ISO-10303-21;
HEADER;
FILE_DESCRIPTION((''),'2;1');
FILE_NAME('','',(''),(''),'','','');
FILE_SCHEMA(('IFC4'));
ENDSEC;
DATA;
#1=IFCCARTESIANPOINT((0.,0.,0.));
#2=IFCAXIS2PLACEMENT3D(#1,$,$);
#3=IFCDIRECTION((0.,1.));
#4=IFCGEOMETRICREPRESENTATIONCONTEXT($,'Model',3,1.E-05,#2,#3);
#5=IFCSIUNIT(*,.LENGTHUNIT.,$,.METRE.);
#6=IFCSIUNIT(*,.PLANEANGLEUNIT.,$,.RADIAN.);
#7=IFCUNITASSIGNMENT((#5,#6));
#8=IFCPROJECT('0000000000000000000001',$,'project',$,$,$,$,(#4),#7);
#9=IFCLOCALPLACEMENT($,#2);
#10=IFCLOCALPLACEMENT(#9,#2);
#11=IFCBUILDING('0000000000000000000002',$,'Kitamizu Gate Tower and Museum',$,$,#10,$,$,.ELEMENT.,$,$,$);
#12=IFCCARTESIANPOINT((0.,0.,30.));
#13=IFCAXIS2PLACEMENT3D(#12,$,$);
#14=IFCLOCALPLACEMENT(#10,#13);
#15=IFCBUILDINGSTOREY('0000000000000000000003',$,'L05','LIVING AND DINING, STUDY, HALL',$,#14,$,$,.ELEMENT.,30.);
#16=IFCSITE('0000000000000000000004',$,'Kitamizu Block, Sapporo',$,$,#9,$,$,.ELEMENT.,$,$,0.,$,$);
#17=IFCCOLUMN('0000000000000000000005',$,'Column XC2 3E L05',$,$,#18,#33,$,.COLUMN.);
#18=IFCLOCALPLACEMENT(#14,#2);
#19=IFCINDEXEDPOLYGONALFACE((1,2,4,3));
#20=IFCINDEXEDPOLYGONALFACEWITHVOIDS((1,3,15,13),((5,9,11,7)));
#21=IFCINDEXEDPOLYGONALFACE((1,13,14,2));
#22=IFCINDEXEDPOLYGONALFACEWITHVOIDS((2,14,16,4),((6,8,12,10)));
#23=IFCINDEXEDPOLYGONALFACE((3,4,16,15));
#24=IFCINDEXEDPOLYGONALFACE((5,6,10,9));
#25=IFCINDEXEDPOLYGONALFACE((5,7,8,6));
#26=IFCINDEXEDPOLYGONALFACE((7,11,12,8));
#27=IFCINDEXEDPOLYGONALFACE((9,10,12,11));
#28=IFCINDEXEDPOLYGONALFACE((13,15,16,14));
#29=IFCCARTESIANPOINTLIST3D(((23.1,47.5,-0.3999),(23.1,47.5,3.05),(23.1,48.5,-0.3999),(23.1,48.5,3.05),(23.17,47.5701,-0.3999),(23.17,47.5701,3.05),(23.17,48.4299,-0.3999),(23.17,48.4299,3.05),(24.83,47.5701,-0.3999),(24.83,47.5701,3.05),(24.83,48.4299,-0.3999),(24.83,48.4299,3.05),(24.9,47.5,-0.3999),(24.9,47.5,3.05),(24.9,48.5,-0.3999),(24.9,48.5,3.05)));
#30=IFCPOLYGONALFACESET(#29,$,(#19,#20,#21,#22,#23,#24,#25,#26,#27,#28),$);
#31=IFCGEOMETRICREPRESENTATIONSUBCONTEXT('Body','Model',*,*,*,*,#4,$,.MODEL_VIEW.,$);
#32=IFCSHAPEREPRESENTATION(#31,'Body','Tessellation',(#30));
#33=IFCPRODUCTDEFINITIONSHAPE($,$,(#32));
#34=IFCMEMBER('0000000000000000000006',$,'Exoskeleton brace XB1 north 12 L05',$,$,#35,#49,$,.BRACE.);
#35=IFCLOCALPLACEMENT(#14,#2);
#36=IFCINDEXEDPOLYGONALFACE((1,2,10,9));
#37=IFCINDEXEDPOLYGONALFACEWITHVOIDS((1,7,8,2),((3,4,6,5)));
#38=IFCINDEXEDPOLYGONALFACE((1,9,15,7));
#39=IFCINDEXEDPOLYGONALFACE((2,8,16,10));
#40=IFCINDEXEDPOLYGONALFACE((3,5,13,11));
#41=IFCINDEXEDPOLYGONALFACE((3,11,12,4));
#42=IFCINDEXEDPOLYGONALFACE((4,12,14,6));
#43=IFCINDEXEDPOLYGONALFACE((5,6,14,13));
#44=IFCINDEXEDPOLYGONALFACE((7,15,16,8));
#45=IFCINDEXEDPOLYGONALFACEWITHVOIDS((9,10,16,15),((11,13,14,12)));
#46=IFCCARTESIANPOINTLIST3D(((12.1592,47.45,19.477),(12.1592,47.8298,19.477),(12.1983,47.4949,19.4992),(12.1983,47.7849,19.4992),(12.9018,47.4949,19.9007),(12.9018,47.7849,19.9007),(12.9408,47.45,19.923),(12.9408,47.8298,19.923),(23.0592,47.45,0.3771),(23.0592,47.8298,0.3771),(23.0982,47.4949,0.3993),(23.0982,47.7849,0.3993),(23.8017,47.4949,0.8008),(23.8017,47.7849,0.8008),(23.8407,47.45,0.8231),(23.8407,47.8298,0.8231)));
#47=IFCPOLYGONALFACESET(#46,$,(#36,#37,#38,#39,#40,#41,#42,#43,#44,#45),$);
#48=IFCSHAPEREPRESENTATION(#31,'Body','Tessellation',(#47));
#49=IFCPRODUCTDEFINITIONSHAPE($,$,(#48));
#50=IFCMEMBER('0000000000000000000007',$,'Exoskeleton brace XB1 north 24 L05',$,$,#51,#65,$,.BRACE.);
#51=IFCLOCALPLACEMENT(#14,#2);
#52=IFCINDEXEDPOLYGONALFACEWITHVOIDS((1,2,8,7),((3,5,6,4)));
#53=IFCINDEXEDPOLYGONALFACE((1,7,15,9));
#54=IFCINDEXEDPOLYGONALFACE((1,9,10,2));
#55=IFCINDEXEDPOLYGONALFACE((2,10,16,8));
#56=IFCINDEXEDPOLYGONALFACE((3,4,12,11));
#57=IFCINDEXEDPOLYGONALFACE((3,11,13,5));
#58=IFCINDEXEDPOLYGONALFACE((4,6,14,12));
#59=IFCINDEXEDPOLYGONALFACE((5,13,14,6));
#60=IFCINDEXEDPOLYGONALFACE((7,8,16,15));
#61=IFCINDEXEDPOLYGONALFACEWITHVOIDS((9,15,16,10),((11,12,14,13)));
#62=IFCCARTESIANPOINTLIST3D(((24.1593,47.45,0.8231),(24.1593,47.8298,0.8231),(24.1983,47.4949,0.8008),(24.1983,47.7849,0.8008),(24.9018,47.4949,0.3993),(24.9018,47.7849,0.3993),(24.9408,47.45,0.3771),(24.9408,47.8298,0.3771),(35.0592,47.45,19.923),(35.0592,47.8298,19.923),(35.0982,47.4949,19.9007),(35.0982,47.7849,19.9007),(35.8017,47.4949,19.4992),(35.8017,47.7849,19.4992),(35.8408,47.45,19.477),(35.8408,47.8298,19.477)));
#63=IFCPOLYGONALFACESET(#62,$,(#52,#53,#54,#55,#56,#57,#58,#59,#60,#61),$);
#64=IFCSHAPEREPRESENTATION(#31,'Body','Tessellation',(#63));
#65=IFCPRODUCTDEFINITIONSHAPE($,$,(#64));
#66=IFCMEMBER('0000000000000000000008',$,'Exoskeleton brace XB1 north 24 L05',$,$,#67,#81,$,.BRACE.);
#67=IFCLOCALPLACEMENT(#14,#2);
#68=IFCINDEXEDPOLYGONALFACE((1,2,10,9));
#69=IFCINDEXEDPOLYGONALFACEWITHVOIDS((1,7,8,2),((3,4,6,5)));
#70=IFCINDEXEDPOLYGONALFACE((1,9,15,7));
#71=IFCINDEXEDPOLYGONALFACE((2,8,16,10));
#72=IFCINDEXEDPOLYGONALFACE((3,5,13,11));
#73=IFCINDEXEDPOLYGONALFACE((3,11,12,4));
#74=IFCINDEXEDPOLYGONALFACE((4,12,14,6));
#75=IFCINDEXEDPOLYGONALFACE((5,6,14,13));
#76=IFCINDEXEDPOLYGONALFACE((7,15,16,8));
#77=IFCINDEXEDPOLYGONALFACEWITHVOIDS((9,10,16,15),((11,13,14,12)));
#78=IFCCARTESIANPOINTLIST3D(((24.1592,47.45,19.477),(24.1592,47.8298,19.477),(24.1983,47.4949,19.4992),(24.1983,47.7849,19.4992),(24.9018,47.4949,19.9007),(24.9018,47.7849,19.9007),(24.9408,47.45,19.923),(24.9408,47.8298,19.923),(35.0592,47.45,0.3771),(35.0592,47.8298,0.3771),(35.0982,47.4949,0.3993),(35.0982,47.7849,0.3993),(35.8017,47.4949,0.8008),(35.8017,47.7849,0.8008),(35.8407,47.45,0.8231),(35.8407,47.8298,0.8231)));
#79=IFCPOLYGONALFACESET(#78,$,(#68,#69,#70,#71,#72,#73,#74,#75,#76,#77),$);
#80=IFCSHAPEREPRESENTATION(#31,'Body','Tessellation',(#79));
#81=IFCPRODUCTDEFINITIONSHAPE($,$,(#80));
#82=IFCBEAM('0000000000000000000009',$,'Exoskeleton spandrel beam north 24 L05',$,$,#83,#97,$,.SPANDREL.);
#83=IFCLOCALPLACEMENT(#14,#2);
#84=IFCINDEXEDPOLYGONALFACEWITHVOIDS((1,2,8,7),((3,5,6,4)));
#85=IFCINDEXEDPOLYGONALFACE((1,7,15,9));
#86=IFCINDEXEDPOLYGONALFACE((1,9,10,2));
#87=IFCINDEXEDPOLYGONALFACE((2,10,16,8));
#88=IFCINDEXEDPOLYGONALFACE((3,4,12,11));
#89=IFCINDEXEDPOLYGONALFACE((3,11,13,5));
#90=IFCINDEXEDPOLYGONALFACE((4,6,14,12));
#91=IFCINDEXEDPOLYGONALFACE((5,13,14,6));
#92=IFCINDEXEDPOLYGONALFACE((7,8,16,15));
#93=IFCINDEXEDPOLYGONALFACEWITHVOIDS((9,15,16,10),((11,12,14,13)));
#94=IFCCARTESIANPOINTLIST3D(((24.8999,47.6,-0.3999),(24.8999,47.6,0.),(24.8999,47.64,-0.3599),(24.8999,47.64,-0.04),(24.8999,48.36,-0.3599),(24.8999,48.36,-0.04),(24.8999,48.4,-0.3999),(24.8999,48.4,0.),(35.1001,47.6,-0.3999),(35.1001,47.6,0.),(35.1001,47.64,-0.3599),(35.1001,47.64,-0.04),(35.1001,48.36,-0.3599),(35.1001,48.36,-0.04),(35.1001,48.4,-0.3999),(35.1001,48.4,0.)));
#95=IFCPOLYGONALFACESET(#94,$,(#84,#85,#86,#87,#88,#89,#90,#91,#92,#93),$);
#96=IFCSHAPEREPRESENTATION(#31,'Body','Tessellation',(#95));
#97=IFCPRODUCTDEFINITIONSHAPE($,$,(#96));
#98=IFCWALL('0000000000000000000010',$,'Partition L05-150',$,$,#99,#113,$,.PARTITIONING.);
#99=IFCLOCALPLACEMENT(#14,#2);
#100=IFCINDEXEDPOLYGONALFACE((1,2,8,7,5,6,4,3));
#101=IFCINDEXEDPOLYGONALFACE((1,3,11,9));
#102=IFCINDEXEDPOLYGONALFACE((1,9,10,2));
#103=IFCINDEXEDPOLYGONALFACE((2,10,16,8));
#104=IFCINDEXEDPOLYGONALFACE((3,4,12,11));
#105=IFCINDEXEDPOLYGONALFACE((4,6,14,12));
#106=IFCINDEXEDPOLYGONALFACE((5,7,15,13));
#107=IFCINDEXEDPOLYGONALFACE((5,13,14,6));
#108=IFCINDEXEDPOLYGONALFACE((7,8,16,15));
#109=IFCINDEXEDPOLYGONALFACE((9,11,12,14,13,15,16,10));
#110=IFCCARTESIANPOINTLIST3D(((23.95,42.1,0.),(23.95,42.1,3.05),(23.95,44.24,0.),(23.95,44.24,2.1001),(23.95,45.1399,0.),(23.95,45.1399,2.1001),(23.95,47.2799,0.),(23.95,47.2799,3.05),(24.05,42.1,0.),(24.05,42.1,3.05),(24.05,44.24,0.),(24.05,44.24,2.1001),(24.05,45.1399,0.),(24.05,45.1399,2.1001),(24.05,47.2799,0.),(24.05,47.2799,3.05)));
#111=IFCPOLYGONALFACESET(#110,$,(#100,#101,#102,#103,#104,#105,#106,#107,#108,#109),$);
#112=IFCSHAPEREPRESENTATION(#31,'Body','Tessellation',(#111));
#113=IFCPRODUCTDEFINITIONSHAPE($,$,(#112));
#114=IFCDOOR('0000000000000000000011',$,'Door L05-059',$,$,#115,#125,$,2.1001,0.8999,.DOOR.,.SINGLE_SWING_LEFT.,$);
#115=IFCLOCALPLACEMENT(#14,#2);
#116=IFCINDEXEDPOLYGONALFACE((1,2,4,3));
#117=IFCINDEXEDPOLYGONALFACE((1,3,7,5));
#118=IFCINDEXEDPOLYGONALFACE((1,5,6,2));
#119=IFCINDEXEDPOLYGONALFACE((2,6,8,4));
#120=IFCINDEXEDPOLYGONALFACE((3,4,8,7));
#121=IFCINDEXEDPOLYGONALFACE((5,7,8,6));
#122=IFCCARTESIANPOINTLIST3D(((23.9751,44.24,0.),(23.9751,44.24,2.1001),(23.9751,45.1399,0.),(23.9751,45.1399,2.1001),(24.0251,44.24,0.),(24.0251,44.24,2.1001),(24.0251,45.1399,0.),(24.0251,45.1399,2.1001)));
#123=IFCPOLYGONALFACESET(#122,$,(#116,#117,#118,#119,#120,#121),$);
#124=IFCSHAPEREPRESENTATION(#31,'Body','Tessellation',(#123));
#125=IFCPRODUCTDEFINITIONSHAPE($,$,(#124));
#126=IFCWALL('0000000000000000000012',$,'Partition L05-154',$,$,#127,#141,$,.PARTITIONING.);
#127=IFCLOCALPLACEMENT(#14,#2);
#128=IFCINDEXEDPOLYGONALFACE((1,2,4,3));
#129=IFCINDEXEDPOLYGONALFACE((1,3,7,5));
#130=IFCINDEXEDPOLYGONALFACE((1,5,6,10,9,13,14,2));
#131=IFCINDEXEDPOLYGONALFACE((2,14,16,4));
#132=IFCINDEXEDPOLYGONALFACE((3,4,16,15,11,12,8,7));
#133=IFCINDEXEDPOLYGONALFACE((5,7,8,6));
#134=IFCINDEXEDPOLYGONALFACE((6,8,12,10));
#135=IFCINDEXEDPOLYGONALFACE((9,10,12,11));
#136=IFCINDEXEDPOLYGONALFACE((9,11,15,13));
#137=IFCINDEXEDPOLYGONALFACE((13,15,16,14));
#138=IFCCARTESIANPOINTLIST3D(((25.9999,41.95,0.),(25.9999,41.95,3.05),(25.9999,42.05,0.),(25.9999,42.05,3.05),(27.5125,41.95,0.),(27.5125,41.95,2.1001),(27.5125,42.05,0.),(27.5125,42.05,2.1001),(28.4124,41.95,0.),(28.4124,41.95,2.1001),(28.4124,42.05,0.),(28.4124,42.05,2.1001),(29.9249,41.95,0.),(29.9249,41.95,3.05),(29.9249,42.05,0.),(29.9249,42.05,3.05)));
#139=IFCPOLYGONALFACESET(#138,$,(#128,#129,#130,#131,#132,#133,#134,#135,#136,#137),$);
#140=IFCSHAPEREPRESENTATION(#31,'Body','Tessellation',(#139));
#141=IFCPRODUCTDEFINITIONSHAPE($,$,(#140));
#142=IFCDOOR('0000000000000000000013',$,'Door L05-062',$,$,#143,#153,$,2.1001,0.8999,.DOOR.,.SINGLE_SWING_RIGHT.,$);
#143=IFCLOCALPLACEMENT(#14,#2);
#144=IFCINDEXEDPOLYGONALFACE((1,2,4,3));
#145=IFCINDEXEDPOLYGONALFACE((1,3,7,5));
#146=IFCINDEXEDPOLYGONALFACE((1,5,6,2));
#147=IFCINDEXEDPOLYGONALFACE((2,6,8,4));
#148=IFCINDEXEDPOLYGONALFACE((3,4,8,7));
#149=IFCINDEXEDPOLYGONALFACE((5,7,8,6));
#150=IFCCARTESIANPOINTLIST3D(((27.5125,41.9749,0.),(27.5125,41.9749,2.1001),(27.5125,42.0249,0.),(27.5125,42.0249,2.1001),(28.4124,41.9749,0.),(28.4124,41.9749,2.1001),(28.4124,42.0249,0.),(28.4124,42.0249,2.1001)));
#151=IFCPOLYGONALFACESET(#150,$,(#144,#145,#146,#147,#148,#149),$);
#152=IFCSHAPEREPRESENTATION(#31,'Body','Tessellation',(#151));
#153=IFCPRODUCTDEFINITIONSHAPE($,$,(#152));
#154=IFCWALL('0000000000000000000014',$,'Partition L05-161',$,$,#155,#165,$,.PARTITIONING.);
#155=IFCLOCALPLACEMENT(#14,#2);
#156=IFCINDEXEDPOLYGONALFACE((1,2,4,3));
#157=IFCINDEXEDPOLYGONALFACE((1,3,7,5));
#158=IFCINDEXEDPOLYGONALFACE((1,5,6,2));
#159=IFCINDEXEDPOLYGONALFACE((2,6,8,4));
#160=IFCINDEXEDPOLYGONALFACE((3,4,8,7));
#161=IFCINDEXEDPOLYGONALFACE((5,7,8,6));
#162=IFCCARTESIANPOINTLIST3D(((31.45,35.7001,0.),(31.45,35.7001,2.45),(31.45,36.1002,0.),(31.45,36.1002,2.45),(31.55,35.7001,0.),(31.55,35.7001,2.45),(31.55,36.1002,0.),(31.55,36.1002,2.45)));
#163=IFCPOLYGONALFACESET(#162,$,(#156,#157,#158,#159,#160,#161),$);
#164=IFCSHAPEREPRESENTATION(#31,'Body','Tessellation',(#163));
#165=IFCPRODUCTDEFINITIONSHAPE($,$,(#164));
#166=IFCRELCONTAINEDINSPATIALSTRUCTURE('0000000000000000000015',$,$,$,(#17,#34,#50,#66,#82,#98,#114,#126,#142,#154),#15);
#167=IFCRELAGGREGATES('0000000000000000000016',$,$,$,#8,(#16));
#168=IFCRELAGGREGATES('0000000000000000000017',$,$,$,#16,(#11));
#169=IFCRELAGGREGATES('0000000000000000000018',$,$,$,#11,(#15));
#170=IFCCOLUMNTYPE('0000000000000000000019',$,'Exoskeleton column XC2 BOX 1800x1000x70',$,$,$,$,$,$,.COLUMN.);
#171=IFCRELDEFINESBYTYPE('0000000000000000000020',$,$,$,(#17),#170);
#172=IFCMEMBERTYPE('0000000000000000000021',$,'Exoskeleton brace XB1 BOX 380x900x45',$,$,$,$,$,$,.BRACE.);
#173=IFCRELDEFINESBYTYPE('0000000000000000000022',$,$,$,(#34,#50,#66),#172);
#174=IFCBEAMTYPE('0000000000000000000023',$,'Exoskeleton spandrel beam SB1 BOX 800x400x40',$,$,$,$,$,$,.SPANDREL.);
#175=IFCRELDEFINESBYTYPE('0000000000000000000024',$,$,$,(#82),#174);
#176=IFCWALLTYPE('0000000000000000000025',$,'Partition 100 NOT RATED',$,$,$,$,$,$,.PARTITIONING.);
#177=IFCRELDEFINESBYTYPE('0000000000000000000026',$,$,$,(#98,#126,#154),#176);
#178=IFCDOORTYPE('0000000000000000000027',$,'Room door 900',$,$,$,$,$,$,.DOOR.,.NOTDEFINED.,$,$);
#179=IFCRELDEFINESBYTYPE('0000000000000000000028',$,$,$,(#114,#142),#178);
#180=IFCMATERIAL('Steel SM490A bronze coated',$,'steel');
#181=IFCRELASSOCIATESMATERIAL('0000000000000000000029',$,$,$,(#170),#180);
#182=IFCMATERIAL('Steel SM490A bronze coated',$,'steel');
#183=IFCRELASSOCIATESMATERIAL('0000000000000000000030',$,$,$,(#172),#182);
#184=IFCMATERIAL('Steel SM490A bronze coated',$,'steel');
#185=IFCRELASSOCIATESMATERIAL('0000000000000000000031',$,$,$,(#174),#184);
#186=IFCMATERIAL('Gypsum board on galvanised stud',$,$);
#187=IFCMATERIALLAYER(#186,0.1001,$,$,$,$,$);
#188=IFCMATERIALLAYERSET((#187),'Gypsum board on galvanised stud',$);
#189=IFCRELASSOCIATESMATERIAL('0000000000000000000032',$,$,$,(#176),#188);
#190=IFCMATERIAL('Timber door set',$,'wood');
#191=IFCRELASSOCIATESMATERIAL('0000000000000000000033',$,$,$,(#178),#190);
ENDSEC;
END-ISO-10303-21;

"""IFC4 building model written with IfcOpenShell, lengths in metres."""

from ifc_helpers import new_model, si_unit, direction, frame, frame_2d, origin, origin_2d, place, context, subcontext, project, spatial, rectangle, hollow_rectangle, extrude, material, layer, layer_set, material_profile, profile_set, type_object, element, fill, save


model = new_model("IFC4")

# Units and contexts
model_context = context("Model", 3, precision=1e-05, world=origin(), true_north=direction((0.0, 1.0)))
body_context = subcontext(model_context, "Body", "Model", "MODEL_VIEW")
ifc_project = project(units=[si_unit("LENGTHUNIT", "METRE"), si_unit("PLANEANGLEUNIT", "RADIAN")], contexts=[model_context])

# Site, building, storey
site_placement = place(None, origin())
site = spatial("IfcSite", under=ifc_project, at=site_placement, Name="Kitamizu Block, Sapporo", CompositionType="ELEMENT", RefElevation=0.0)
building_placement = place(site_placement, origin())
building = spatial("IfcBuilding", under=site, at=building_placement, Name="Kitamizu Gate Tower and Museum", CompositionType="ELEMENT")
storey_placement = place(building_placement, frame((0.0, 0.0, 30.0)))
storey = spatial("IfcBuildingStorey", under=building, at=storey_placement, Name="L05", Description="LIVING AND DINING, STUDY, HALL", CompositionType="ELEMENT", Elevation=30.0)

# Column
ifc_material_1 = material(Name="Steel SM490A bronze coated", Category="steel")
ifc_material_profile_1 = material_profile(ifc_material_1, hollow_rectangle(XDim=1.8, YDim=1.0, WallThickness=0.0701, at=origin_2d()), Name="BOX 1800x1000x70")
ifc_profile_set_1 = profile_set([ifc_material_profile_1], Name="Steel SM490A bronze coated")
column_type = type_object("IfcColumnType", Name="Exoskeleton column XC2 BOX 1800x1000x70", PredefinedType="COLUMN", material=ifc_profile_set_1)
column_placement = place(storey_placement, frame((24.0, 48.0, -0.3999), z_axis=(0.0, 0.0, 1.0), x_axis=(1.0, 0.0, 0.0)))
element("IfcColumn", 1, at=column_placement, inside=storey, type_object=column_type, Name="Column XC2 3E L05", PredefinedType="COLUMN", context=body_context, shape_type="SweptSolid", body=[
    extrude(hollow_rectangle(XDim=1.8, YDim=1.0, WallThickness=0.0701, at=origin_2d()), origin(), (0.0, 0.0, 1.0), 3.45),
])

# Members
ifc_material_2 = material(Name="Steel SM490A bronze coated", Category="steel")
ifc_material_profile_2 = material_profile(ifc_material_2, hollow_rectangle(XDim=0.3799, YDim=0.8999, WallThickness=0.0449, at=origin_2d()), Name="BOX 380x900x45")
ifc_profile_set_2 = profile_set([ifc_material_profile_2], Name="Steel SM490A bronze coated")
member_type = type_object("IfcMemberType", Name="Exoskeleton brace XB1 BOX 380x900x45", PredefinedType="BRACE", material=ifc_profile_set_2)
for number, where, z_axis, x_axis, name in (
    (2, (23.45, 47.6399, 0.6001), (-0.495649, 0.0, 0.868523), (0.0, -1.0, 0.0), "Exoskeleton brace XB1 north 12 L05"),
    (3, (24.55, 47.6399, 0.6001), (0.495649, 0.0, 0.868523), (0.0, 1.0, 0.0), "Exoskeleton brace XB1 north 24 L05"),
    (4, (35.45, 47.6399, 0.6001), (-0.495649, 0.0, 0.868523), (0.0, -1.0, 0.0), "Exoskeleton brace XB1 north 24 L05"),
):
    element("IfcMember", number, at=place(storey_placement, frame(where, z_axis=z_axis, x_axis=x_axis)), inside=storey, type_object=member_type, Name=name, PredefinedType="BRACE", context=body_context, shape_type="SweptSolid", body=[
        extrude(hollow_rectangle(XDim=0.3799, YDim=0.8999, WallThickness=0.0449, at=origin_2d()), origin(), (0.0, 0.0, 1.0), 21.9912),
    ])

# Beam
ifc_material_3 = material(Name="Steel SM490A bronze coated", Category="steel")
ifc_material_profile_3 = material_profile(ifc_material_3, hollow_rectangle(XDim=0.8, YDim=0.3999, WallThickness=0.04, at=origin_2d()), Name="BOX 800x400x40")
ifc_profile_set_3 = profile_set([ifc_material_profile_3], Name="Steel SM490A bronze coated")
beam_type = type_object("IfcBeamType", Name="Exoskeleton spandrel beam SB1 BOX 800x400x40", PredefinedType="SPANDREL", material=ifc_profile_set_3)
beam_placement = place(storey_placement, frame((24.8999, 48.0, -0.2), z_axis=(1.0, 0.0, 0.0), x_axis=(0.0, 1.0, 0.0)))
element("IfcBeam", 5, at=beam_placement, inside=storey, type_object=beam_type, Name="Exoskeleton spandrel beam north 24 L05", PredefinedType="SPANDREL", context=body_context, shape_type="SweptSolid", body=[
    extrude(hollow_rectangle(XDim=0.8, YDim=0.3999, WallThickness=0.04, at=origin_2d()), origin(), (0.0, 0.0, 1.0), 10.2002),
])

# Walls, openings, doors
ifc_material_4 = material(Name="Gypsum board on galvanised stud")
ifc_layer_1 = layer(ifc_material_4, 0.1001)
ifc_layer_set_1 = layer_set([ifc_layer_1], Name="Gypsum board on galvanised stud")
wall_type_1 = type_object("IfcWallType", Name="Partition 100 NOT RATED", PredefinedType="PARTITIONING", material=ifc_layer_set_1)
wall_1_placement = place(storey_placement, frame((24.0, 42.1001, 0.0), z_axis=(0.0, 0.0, 1.0), x_axis=(0.0, 1.0, 0.0)))
wall_1 = element("IfcWall", 6, at=wall_1_placement, inside=storey, type_object=wall_type_1, Name="Partition L05-150", PredefinedType="PARTITIONING", context=body_context, shape_type="SweptSolid", body=[
    extrude(rectangle(XDim=5.1799, YDim=0.1001, at=frame_2d((2.5898, 0.0))), origin(), (0.0, 0.0, 1.0), 3.05),
])
opening_1_placement = place(wall_1_placement, frame((2.1399, 0.0, 0.0)))
opening_1 = element("IfcOpeningElement", 7, at=opening_1_placement, cuts=wall_1, PredefinedType="OPENING", context=body_context, shape_type="SweptSolid", body=[
    extrude(rectangle(XDim=0.8999, YDim=2.1001, at=frame_2d((0.45, 1.05))), frame((0.0, 0.0601, 0.0), z_axis=(0.0, -1.0, 0.0), x_axis=(1.0, 0.0, 0.0)), (0.0, 0.0, 1.0), 0.1201),
])
ifc_material_5 = material(Name="Timber door set", Category="wood")
door_type_1 = type_object("IfcDoorType", Name="Room door 900", OperationType="NOTDEFINED", PredefinedType="DOOR", material=ifc_material_5)
door_1_placement = place(opening_1_placement, origin())
door_1 = element("IfcDoor", 8, at=door_1_placement, inside=storey, type_object=door_type_1, Name="Door L05-059", OperationType="SINGLE_SWING_LEFT", OverallHeight=2.1001, OverallWidth=0.8999, PredefinedType="DOOR", context=body_context, shape_type="SweptSolid", body=[
    extrude(rectangle(XDim=0.8999, YDim=2.1001, at=frame_2d((0.45, 1.05))), frame((0.0, 0.0249, 0.0), z_axis=(0.0, -1.0, 0.0), x_axis=(1.0, 0.0, 0.0)), (0.0, 0.0, 1.0), 0.05),
])
fill(opening_1, door_1)
wall_2_placement = place(storey_placement, frame((26.0, 42.0, 0.0), z_axis=(0.0, 0.0, 1.0), x_axis=(1.0, 0.0, 0.0)))
wall_2 = element("IfcWall", 9, at=wall_2_placement, inside=storey, type_object=wall_type_1, Name="Partition L05-154", PredefinedType="PARTITIONING", context=body_context, shape_type="SweptSolid", body=[
    extrude(rectangle(XDim=3.925, YDim=0.1001, at=frame_2d((1.9624, 0.0))), origin(), (0.0, 0.0, 1.0), 3.05),
])
opening_2_placement = place(wall_2_placement, frame((1.5125, 0.0, 0.0)))
opening_2 = element("IfcOpeningElement", 10, at=opening_2_placement, cuts=wall_2, PredefinedType="OPENING", context=body_context, shape_type="SweptSolid", body=[
    extrude(rectangle(XDim=0.8999, YDim=2.1001, at=frame_2d((0.45, 1.05))), frame((0.0, 0.0601, 0.0), z_axis=(0.0, -1.0, 0.0), x_axis=(1.0, 0.0, 0.0)), (0.0, 0.0, 1.0), 0.1201),
])
door_2_placement = place(opening_2_placement, origin())
door_2 = element("IfcDoor", 11, at=door_2_placement, inside=storey, type_object=door_type_1, Name="Door L05-062", OperationType="SINGLE_SWING_RIGHT", OverallHeight=2.1001, OverallWidth=0.8999, PredefinedType="DOOR", context=body_context, shape_type="SweptSolid", body=[
    extrude(rectangle(XDim=0.8999, YDim=2.1001, at=frame_2d((0.45, 1.05))), frame((0.0, 0.0249, 0.0), z_axis=(0.0, -1.0, 0.0), x_axis=(1.0, 0.0, 0.0)), (0.0, 0.0, 1.0), 0.05),
])
fill(opening_2, door_2)

# Wall
wall_3_placement = place(storey_placement, frame((31.5, 35.7, 0.0), z_axis=(0.0, 0.0, 1.0), x_axis=(0.0, 1.0, 0.0)))
element("IfcWall", 12, at=wall_3_placement, inside=storey, type_object=wall_type_1, Name="Partition L05-161", PredefinedType="PARTITIONING", context=body_context, shape_type="SweptSolid", body=[
    extrude(rectangle(XDim=0.4001, YDim=0.1001, at=frame_2d((0.2002, 0.0))), origin(), (0.0, 0.0, 1.0), 2.45),
])

save(model, "model.ifc")
